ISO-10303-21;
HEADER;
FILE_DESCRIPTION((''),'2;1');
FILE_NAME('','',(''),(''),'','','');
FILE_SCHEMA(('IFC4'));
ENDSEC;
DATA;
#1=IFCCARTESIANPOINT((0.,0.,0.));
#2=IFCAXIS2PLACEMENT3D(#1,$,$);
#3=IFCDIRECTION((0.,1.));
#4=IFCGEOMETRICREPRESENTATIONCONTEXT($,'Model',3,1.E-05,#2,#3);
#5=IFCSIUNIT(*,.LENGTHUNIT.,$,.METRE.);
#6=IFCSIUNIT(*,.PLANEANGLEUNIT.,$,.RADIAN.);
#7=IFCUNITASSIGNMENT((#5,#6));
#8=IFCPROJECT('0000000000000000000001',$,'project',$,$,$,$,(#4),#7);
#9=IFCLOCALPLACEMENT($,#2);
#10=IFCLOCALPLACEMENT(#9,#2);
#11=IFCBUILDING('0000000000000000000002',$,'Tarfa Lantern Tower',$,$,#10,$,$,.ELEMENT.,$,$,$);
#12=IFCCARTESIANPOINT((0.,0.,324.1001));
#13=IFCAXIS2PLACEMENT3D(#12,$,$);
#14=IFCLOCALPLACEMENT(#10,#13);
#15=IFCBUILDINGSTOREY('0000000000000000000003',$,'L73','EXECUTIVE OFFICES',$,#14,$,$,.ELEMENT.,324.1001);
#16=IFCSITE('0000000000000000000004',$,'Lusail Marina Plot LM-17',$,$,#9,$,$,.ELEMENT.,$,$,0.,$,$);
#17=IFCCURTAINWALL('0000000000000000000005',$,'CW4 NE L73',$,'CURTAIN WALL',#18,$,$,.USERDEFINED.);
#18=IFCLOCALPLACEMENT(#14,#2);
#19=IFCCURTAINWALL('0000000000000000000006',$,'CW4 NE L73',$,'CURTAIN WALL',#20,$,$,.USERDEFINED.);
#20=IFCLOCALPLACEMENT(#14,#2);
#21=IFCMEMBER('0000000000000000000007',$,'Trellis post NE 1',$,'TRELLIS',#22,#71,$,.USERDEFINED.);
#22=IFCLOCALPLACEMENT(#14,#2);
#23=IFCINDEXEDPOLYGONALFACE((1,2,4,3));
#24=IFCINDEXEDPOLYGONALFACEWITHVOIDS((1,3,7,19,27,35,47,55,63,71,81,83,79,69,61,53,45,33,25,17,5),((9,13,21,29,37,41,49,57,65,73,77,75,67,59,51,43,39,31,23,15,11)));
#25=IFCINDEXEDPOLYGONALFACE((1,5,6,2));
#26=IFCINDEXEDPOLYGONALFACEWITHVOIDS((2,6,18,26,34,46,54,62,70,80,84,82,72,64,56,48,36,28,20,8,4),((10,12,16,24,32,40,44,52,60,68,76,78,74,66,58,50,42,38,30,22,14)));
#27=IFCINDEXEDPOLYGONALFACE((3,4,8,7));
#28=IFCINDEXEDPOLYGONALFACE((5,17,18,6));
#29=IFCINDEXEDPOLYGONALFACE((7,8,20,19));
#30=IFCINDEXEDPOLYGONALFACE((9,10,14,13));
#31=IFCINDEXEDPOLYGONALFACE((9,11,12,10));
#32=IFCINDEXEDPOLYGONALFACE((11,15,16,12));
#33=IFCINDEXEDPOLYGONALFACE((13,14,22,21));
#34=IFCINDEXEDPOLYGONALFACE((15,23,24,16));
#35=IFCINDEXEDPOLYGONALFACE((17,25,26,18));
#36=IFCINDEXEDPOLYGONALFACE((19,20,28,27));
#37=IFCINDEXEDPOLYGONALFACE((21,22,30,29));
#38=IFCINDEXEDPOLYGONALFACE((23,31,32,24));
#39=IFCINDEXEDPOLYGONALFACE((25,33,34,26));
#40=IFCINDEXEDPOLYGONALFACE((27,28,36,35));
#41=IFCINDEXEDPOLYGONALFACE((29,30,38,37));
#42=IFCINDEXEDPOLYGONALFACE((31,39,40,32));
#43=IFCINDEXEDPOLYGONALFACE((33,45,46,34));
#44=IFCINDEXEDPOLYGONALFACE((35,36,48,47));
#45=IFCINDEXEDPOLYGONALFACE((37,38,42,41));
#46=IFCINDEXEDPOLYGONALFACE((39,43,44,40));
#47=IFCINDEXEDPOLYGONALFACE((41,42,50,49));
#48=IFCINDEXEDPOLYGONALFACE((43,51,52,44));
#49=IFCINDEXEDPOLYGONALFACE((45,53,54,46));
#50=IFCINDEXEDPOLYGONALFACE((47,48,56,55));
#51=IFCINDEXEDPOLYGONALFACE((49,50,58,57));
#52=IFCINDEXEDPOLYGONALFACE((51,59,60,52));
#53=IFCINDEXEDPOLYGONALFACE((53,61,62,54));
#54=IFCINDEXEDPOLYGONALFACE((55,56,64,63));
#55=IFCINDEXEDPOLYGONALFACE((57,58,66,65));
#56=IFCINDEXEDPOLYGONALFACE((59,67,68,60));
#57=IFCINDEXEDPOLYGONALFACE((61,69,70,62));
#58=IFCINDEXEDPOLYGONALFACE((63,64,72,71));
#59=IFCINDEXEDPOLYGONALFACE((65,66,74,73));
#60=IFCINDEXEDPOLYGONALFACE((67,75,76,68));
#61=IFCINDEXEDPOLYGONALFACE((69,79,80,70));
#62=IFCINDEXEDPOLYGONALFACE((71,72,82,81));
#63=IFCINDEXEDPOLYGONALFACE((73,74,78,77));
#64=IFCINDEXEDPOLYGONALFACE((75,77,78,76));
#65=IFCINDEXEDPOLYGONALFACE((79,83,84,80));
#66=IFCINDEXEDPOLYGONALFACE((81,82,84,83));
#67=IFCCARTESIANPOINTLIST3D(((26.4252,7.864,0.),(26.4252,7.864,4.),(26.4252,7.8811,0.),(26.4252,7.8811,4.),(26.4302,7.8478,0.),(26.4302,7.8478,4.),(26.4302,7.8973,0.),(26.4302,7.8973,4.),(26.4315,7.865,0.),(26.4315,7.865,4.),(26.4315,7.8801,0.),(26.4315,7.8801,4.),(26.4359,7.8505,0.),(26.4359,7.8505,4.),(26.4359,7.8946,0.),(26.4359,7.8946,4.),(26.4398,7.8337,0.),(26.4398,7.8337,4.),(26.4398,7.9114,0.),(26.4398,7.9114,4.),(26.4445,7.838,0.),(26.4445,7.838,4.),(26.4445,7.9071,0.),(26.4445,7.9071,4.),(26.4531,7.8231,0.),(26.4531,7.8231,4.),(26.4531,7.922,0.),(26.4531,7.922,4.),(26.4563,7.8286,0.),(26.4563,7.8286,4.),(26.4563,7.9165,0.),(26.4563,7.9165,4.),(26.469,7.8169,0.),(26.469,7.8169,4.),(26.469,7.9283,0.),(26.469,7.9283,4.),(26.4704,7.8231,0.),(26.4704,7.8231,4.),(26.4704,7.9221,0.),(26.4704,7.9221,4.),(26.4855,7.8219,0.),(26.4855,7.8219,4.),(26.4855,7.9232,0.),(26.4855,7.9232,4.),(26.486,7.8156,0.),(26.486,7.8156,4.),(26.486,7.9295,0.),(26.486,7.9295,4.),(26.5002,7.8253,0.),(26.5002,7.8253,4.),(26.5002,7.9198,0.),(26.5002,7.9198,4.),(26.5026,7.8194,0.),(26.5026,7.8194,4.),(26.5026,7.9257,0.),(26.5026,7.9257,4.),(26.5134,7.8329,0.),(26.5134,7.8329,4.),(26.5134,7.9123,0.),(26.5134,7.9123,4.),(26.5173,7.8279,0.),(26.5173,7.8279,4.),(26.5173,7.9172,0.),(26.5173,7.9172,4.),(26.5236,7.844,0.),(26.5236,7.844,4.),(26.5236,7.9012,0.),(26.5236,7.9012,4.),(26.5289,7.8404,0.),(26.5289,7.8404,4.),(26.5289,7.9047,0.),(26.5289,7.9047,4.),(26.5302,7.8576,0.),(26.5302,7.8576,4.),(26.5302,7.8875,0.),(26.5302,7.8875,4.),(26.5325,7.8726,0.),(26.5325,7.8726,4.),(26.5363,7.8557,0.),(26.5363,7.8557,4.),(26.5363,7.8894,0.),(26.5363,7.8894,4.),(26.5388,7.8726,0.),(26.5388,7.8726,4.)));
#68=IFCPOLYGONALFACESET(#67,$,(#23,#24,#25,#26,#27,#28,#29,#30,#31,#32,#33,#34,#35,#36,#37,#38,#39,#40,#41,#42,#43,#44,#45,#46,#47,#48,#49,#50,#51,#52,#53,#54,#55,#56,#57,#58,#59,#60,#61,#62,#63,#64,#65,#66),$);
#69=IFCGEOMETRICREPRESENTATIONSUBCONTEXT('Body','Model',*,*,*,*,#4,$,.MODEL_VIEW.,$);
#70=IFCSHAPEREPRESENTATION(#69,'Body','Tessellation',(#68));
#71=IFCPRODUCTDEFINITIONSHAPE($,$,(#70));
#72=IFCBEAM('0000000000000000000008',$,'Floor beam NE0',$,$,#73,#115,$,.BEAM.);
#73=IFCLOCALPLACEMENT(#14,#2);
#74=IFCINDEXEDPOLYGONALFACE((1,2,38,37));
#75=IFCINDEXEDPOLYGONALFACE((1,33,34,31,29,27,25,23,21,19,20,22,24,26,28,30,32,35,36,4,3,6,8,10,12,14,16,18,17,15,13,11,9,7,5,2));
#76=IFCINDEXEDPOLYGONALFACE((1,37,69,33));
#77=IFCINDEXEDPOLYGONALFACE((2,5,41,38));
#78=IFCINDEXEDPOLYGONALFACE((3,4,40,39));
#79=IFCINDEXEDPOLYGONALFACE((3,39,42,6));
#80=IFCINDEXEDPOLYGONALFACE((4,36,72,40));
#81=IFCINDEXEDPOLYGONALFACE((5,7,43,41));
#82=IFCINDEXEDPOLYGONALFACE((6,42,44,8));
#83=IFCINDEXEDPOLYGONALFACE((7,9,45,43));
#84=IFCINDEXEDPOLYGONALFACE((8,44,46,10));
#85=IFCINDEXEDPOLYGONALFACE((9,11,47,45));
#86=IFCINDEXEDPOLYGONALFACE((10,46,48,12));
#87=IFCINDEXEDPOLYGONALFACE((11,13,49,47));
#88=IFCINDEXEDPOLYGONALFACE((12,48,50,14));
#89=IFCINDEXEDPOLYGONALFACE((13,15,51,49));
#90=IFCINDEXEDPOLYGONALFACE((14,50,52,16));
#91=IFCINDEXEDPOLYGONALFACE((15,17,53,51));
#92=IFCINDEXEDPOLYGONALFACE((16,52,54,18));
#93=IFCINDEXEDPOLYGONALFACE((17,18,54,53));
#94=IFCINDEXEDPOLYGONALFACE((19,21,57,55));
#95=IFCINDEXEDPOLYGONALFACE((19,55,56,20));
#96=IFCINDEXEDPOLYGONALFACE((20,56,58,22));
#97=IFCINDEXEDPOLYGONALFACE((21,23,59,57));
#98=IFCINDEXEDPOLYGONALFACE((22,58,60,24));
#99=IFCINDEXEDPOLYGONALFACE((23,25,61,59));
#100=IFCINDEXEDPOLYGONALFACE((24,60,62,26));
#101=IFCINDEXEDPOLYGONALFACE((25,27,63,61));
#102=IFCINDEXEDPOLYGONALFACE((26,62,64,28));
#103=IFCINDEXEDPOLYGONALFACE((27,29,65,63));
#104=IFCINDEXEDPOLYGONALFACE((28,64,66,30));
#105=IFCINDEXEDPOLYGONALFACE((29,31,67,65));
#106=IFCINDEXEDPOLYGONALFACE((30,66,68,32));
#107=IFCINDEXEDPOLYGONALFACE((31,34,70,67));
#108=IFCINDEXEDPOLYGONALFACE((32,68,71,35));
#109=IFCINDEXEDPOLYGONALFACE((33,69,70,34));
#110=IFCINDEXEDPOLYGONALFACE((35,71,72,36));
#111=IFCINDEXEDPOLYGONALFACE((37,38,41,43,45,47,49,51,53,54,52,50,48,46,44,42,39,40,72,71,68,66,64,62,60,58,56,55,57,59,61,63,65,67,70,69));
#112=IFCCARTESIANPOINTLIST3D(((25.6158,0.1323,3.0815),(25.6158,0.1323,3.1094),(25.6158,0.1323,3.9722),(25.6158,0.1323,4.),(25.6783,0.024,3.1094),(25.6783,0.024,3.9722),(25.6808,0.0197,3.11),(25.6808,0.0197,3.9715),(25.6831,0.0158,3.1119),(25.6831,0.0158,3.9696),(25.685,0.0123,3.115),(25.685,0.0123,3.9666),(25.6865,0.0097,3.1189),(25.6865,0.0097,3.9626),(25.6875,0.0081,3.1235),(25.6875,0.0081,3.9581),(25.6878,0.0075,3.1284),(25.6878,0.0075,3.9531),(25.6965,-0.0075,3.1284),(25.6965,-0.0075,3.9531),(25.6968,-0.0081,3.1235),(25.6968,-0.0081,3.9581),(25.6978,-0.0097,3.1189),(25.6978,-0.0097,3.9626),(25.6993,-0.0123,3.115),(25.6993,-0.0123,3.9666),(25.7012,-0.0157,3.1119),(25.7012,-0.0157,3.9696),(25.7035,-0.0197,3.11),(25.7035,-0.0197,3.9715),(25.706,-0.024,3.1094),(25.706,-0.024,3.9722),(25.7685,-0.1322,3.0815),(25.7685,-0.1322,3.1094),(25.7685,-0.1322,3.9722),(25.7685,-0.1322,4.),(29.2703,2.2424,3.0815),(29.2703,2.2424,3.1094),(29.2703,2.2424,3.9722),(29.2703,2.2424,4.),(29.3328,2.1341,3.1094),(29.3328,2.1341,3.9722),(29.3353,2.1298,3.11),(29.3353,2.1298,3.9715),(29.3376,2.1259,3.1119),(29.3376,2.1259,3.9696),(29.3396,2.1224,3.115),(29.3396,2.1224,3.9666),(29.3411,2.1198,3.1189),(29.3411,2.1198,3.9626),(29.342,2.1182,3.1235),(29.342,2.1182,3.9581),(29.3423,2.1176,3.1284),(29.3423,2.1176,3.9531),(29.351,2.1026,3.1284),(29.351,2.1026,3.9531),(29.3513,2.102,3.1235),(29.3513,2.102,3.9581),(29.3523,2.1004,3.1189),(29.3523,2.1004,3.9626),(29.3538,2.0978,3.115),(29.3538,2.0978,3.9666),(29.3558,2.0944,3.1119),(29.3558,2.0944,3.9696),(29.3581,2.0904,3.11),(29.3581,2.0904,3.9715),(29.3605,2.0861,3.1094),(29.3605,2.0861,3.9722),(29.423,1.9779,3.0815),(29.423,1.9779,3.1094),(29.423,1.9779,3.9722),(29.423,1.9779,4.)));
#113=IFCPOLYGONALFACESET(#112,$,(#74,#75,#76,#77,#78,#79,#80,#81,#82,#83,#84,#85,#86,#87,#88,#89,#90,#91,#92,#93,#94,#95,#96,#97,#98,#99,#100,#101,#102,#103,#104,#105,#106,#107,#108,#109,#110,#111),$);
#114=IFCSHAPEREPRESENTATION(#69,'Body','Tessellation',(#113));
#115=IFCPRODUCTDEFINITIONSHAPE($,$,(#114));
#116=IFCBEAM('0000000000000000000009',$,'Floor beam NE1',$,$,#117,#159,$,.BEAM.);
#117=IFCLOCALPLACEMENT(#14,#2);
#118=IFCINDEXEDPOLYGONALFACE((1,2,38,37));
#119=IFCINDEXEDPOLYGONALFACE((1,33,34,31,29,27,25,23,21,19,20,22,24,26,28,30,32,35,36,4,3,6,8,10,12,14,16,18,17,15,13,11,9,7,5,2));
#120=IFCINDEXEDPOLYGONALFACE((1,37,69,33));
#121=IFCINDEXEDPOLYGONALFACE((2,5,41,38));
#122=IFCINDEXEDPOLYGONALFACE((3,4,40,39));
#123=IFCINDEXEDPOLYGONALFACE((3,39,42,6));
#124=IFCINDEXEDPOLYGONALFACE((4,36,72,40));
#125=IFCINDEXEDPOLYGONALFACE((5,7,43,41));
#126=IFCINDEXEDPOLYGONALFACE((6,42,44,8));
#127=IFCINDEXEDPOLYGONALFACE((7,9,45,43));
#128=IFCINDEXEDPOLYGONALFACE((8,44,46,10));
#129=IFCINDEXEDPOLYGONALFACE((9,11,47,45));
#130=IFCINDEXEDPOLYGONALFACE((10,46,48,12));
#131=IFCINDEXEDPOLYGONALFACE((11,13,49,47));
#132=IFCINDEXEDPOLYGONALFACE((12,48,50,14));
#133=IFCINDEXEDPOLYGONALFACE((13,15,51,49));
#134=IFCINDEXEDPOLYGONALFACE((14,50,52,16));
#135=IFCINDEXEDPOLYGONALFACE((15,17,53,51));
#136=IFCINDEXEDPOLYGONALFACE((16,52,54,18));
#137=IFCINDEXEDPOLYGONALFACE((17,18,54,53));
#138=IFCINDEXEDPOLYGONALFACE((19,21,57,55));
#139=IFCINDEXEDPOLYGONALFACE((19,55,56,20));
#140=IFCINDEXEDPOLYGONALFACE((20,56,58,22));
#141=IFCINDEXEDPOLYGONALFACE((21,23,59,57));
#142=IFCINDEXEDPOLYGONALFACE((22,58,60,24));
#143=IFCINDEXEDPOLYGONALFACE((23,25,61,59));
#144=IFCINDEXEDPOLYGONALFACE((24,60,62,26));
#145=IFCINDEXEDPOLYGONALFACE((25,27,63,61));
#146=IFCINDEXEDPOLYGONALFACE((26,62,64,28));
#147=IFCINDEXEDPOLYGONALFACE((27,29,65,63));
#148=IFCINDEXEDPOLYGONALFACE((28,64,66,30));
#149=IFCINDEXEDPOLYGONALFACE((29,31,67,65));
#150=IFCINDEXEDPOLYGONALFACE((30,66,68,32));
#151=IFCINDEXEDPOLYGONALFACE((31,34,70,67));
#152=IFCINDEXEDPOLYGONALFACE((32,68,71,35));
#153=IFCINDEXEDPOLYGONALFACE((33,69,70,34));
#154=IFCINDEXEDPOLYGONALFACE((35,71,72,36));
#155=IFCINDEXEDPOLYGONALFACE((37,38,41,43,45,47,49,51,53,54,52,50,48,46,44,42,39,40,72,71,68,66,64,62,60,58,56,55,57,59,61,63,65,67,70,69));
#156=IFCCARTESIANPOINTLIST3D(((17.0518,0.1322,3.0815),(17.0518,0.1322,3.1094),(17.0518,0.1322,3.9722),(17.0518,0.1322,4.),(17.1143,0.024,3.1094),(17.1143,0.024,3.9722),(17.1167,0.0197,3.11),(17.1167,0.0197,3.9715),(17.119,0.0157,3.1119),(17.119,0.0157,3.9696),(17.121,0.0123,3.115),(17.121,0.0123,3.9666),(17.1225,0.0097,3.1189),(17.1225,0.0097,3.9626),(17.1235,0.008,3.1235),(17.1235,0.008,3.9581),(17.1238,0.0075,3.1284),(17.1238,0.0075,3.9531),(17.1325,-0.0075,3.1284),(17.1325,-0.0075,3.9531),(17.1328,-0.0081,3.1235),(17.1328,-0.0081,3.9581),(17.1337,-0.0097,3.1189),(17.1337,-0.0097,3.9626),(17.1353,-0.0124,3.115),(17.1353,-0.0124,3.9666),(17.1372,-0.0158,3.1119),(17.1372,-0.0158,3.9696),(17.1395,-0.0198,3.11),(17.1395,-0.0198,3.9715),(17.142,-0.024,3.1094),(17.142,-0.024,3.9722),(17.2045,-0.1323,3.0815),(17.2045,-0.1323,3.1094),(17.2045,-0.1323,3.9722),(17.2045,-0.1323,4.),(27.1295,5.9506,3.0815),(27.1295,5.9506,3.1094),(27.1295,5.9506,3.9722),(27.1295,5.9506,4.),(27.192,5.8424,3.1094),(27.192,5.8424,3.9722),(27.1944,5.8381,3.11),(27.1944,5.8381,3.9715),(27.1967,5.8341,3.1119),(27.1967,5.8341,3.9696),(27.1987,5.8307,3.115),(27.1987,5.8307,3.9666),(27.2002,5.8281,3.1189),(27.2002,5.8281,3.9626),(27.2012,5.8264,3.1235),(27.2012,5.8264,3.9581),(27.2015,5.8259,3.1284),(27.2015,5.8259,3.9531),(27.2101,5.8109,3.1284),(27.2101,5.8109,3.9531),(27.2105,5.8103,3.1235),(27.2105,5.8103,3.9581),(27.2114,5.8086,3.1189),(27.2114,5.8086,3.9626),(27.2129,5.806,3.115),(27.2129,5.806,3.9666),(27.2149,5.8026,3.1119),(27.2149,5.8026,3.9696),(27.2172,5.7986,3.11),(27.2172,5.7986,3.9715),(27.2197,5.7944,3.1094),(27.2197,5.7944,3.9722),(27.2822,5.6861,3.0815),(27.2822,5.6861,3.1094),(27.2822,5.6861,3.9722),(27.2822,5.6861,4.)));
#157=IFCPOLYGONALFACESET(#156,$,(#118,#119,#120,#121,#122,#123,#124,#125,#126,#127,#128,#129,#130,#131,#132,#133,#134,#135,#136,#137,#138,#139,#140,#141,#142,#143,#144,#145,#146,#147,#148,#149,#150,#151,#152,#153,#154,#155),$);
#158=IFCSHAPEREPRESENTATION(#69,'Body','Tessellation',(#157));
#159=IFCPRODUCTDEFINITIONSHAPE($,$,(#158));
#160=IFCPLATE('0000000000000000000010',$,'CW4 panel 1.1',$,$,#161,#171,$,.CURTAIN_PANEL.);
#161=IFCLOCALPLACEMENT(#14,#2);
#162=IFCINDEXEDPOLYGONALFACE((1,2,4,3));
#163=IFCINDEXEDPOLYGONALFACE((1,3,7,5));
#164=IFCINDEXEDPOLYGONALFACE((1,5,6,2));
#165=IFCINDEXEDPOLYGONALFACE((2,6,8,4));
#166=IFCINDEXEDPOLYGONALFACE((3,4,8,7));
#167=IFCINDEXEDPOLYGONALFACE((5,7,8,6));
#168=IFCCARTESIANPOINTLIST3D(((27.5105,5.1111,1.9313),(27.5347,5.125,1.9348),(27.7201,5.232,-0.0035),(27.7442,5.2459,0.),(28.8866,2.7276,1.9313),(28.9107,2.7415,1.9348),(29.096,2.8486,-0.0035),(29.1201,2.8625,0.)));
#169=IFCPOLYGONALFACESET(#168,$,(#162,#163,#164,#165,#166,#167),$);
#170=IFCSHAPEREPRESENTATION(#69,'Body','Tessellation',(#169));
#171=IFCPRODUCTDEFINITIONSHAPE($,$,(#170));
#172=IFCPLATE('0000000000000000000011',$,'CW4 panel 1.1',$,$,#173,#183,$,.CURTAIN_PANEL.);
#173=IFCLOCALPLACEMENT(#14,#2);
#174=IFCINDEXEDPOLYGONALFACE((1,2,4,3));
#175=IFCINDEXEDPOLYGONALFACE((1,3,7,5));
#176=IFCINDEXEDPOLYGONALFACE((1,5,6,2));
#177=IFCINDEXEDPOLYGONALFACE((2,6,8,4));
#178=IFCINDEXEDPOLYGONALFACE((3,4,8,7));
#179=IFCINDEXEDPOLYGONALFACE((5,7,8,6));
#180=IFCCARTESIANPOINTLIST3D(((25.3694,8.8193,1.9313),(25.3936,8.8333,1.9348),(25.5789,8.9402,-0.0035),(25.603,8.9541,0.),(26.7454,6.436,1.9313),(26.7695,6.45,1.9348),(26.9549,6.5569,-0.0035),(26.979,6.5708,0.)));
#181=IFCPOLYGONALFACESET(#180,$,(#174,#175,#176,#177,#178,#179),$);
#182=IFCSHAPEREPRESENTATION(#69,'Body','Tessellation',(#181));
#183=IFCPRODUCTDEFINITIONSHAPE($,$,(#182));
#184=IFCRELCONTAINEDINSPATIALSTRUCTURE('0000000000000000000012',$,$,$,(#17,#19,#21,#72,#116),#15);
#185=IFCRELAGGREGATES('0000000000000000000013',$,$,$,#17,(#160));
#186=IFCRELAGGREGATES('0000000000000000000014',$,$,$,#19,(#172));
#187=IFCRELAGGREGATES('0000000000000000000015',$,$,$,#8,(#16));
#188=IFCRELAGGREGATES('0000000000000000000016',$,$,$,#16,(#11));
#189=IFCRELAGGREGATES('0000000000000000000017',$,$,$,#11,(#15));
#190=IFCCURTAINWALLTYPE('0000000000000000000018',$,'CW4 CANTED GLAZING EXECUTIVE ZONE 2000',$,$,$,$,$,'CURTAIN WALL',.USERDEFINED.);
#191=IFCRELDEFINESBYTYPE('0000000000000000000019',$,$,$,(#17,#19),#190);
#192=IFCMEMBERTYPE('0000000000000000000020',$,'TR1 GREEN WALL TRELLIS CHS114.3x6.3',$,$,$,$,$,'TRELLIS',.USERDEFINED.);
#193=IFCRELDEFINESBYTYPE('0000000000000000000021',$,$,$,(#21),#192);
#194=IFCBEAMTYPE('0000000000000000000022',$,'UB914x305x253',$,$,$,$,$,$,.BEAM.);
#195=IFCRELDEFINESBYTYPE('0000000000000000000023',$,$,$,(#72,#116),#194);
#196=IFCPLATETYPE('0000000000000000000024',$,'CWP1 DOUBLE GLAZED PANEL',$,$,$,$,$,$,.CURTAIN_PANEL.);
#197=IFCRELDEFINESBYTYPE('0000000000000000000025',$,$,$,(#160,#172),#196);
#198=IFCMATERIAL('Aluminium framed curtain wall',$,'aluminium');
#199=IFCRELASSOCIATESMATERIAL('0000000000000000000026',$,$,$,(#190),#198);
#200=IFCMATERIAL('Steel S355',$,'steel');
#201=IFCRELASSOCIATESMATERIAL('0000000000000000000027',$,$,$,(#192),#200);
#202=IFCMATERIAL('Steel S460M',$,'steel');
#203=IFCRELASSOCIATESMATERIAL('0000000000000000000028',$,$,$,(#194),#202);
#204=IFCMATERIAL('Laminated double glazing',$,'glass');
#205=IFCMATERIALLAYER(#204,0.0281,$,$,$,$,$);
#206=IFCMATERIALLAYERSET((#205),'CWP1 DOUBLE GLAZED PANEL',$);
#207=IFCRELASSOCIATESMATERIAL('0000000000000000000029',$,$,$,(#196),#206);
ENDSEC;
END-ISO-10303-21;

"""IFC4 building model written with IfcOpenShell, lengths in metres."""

from ifc_helpers import new_model, si_unit, direction, frame, origin, origin_2d, place, context, subcontext, project, spatial, polyline, hollow_circle, i_section, outline, extrude, material, layer, layer_set, material_profile, profile_set, type_object, element, aggregate, save


model = new_model("IFC4")

# Units and contexts
model_context = context("Model", 3, precision=1e-05, world=origin(), true_north=direction((0.0, 1.0)))
body_context = subcontext(model_context, "Body", "Model", "MODEL_VIEW")
ifc_project = project(units=[si_unit("LENGTHUNIT", "METRE"), si_unit("PLANEANGLEUNIT", "RADIAN")], contexts=[model_context])

# Site, building, storey
site_placement = place(None, origin())
site = spatial("IfcSite", under=ifc_project, at=site_placement, Name="Lusail Marina Plot LM-17", CompositionType="ELEMENT", RefElevation=0.0)
building_placement = place(site_placement, origin())
building = spatial("IfcBuilding", under=site, at=building_placement, Name="Tarfa Lantern Tower", CompositionType="ELEMENT")
storey_placement = place(building_placement, frame((0.0, 0.0, 324.1001)))
storey = spatial("IfcBuildingStorey", under=building, at=storey_placement, Name="L73", Description="EXECUTIVE OFFICES", CompositionType="ELEMENT", Elevation=324.1001)

# Curtain walls
ifc_material_1 = material(Name="Aluminium framed curtain wall", Category="aluminium")
curtain_wall_type = type_object("IfcCurtainWallType", Name="CW4 CANTED GLAZING EXECUTIVE ZONE 2000", ElementType="CURTAIN WALL", PredefinedType="USERDEFINED", material=ifc_material_1)
curtain_wall_1_placement = place(storey_placement, origin())
curtain_wall_1 = element("IfcCurtainWall", 1, at=curtain_wall_1_placement, inside=storey, type_object=curtain_wall_type, Name="CW4 NE L73", ObjectType="CURTAIN WALL", PredefinedType="USERDEFINED")
curtain_wall_2_placement = place(storey_placement, origin())
curtain_wall_2 = element("IfcCurtainWall", 2, at=curtain_wall_2_placement, inside=storey, type_object=curtain_wall_type, Name="CW4 NE L73", ObjectType="CURTAIN WALL", PredefinedType="USERDEFINED")

# Member
ifc_material_2 = material(Name="Steel S355", Category="steel")
ifc_material_profile_1 = material_profile(ifc_material_2, hollow_circle(Radius=0.0571, WallThickness=0.0063, at=origin_2d()), Name="CHS114.3x6.3")
ifc_profile_set_1 = profile_set([ifc_material_profile_1], Name="Steel S355")
member_type_1 = type_object("IfcMemberType", Name="TR1 GREEN WALL TRELLIS CHS114.3x6.3", ElementType="TRELLIS", PredefinedType="USERDEFINED", material=ifc_profile_set_1)
member_1_placement = place(storey_placement, frame((26.4817, 7.8726, 0.0), z_axis=(0.0, 0.0, 1.0), x_axis=(1.0, 0.0, 0.0)))
element("IfcMember", 3, at=member_1_placement, inside=storey, type_object=member_type_1, Name="Trellis post NE 1", ObjectType="TRELLIS", PredefinedType="USERDEFINED", context=body_context, shape_type="SweptSolid", body=[
    extrude(hollow_circle(Radius=0.0571, WallThickness=0.0063, at=origin_2d()), origin(), (0.0, 0.0, 1.0), 4.0),
])

# Beams
ifc_material_3 = material(Name="Steel S460M", Category="steel")
ifc_material_profile_2 = material_profile(ifc_material_3, i_section(OverallWidth=0.3054, OverallDepth=0.9185, WebThickness=0.0173, FlangeThickness=0.0278, FilletRadius=0.019, at=origin_2d()), Name="UB914x305x253")
ifc_profile_set_2 = profile_set([ifc_material_profile_2], Name="Steel S460M")
beam_type_1 = type_object("IfcBeamType", Name="UB914x305x253", PredefinedType="BEAM", material=ifc_profile_set_2)
beam_1_placement = place(storey_placement, frame((29.3467, 2.1101, 3.5408), z_axis=(-0.866009, -0.500028, 0.0), x_axis=(0.500028, -0.866009, 0.0)))
element("IfcBeam", 4, at=beam_1_placement, inside=storey, type_object=beam_type_1, Name="Floor beam NE0", PredefinedType="BEAM", context=body_context, shape_type="SweptSolid", body=[
    extrude(i_section(OverallWidth=0.3054, OverallDepth=0.9185, WebThickness=0.0173, FlangeThickness=0.0278, FilletRadius=0.019, at=origin_2d()), origin(), (0.0, 0.0, 1.0), 4.22),
])
beam_2_placement = place(storey_placement, frame((27.2058, 5.8184, 3.5408), z_axis=(-0.866024, -0.500002, 0.0), x_axis=(0.500002, -0.866024, 0.0)))
element("IfcBeam", 5, at=beam_2_placement, inside=storey, type_object=beam_type_1, Name="Floor beam NE1", PredefinedType="BEAM", context=body_context, shape_type="SweptSolid", body=[
    extrude(i_section(OverallWidth=0.3054, OverallDepth=0.9185, WebThickness=0.0173, FlangeThickness=0.0278, FilletRadius=0.019, at=origin_2d()), origin(), (0.0, 0.0, 1.0), 11.6367),
])

# Plates
ifc_material_4 = material(Name="Laminated double glazing", Category="glass")
ifc_layer_1 = layer(ifc_material_4, 0.0281)
ifc_layer_set_1 = layer_set([ifc_layer_1], Name="CWP1 DOUBLE GLAZED PANEL")
plate_type = type_object("IfcPlateType", Name="CWP1 DOUBLE GLAZED PANEL", PredefinedType="CURTAIN_PANEL", material=ifc_layer_set_1)
plate_1_placement = place(storey_placement, frame((29.1201, 2.8625, 0.0), z_axis=(0.85935, 0.496112, 0.124056), x_axis=(-0.499975, 0.86604, 0.000003)))
plate_1 = element("IfcPlate", 6, at=plate_1_placement, type_object=plate_type, Name="CW4 panel 1.1", PredefinedType="CURTAIN_PANEL", context=body_context, shape_type="SweptSolid", body=[
    extrude(outline(polyline([(0.0, 0.0), (2.752, 0.0), (2.7521, 1.9499), (-0.0001, 1.9499), (0.0, 0.0)])), origin(), (0.0, 0.0, -1.0), 0.0281),
])
aggregate(curtain_wall_1, [plate_1])
plate_2_placement = place(storey_placement, frame((26.979, 6.5708, 0.0), z_axis=(0.859342, 0.496133, 0.124025), x_axis=(-0.499994, 0.866029, 0.0)))
plate_2 = element("IfcPlate", 7, at=plate_2_placement, type_object=plate_type, Name="CW4 panel 1.1", PredefinedType="CURTAIN_PANEL", context=body_context, shape_type="SweptSolid", body=[
    extrude(outline(polyline([(0.0, 0.0), (2.752, 0.0), (2.7521, 1.9499), (0.0001, 1.9499), (0.0, 0.0)])), origin(), (0.0, 0.0, -1.0), 0.0281),
])
aggregate(curtain_wall_2, [plate_2])

save(model, "model.ifc")
